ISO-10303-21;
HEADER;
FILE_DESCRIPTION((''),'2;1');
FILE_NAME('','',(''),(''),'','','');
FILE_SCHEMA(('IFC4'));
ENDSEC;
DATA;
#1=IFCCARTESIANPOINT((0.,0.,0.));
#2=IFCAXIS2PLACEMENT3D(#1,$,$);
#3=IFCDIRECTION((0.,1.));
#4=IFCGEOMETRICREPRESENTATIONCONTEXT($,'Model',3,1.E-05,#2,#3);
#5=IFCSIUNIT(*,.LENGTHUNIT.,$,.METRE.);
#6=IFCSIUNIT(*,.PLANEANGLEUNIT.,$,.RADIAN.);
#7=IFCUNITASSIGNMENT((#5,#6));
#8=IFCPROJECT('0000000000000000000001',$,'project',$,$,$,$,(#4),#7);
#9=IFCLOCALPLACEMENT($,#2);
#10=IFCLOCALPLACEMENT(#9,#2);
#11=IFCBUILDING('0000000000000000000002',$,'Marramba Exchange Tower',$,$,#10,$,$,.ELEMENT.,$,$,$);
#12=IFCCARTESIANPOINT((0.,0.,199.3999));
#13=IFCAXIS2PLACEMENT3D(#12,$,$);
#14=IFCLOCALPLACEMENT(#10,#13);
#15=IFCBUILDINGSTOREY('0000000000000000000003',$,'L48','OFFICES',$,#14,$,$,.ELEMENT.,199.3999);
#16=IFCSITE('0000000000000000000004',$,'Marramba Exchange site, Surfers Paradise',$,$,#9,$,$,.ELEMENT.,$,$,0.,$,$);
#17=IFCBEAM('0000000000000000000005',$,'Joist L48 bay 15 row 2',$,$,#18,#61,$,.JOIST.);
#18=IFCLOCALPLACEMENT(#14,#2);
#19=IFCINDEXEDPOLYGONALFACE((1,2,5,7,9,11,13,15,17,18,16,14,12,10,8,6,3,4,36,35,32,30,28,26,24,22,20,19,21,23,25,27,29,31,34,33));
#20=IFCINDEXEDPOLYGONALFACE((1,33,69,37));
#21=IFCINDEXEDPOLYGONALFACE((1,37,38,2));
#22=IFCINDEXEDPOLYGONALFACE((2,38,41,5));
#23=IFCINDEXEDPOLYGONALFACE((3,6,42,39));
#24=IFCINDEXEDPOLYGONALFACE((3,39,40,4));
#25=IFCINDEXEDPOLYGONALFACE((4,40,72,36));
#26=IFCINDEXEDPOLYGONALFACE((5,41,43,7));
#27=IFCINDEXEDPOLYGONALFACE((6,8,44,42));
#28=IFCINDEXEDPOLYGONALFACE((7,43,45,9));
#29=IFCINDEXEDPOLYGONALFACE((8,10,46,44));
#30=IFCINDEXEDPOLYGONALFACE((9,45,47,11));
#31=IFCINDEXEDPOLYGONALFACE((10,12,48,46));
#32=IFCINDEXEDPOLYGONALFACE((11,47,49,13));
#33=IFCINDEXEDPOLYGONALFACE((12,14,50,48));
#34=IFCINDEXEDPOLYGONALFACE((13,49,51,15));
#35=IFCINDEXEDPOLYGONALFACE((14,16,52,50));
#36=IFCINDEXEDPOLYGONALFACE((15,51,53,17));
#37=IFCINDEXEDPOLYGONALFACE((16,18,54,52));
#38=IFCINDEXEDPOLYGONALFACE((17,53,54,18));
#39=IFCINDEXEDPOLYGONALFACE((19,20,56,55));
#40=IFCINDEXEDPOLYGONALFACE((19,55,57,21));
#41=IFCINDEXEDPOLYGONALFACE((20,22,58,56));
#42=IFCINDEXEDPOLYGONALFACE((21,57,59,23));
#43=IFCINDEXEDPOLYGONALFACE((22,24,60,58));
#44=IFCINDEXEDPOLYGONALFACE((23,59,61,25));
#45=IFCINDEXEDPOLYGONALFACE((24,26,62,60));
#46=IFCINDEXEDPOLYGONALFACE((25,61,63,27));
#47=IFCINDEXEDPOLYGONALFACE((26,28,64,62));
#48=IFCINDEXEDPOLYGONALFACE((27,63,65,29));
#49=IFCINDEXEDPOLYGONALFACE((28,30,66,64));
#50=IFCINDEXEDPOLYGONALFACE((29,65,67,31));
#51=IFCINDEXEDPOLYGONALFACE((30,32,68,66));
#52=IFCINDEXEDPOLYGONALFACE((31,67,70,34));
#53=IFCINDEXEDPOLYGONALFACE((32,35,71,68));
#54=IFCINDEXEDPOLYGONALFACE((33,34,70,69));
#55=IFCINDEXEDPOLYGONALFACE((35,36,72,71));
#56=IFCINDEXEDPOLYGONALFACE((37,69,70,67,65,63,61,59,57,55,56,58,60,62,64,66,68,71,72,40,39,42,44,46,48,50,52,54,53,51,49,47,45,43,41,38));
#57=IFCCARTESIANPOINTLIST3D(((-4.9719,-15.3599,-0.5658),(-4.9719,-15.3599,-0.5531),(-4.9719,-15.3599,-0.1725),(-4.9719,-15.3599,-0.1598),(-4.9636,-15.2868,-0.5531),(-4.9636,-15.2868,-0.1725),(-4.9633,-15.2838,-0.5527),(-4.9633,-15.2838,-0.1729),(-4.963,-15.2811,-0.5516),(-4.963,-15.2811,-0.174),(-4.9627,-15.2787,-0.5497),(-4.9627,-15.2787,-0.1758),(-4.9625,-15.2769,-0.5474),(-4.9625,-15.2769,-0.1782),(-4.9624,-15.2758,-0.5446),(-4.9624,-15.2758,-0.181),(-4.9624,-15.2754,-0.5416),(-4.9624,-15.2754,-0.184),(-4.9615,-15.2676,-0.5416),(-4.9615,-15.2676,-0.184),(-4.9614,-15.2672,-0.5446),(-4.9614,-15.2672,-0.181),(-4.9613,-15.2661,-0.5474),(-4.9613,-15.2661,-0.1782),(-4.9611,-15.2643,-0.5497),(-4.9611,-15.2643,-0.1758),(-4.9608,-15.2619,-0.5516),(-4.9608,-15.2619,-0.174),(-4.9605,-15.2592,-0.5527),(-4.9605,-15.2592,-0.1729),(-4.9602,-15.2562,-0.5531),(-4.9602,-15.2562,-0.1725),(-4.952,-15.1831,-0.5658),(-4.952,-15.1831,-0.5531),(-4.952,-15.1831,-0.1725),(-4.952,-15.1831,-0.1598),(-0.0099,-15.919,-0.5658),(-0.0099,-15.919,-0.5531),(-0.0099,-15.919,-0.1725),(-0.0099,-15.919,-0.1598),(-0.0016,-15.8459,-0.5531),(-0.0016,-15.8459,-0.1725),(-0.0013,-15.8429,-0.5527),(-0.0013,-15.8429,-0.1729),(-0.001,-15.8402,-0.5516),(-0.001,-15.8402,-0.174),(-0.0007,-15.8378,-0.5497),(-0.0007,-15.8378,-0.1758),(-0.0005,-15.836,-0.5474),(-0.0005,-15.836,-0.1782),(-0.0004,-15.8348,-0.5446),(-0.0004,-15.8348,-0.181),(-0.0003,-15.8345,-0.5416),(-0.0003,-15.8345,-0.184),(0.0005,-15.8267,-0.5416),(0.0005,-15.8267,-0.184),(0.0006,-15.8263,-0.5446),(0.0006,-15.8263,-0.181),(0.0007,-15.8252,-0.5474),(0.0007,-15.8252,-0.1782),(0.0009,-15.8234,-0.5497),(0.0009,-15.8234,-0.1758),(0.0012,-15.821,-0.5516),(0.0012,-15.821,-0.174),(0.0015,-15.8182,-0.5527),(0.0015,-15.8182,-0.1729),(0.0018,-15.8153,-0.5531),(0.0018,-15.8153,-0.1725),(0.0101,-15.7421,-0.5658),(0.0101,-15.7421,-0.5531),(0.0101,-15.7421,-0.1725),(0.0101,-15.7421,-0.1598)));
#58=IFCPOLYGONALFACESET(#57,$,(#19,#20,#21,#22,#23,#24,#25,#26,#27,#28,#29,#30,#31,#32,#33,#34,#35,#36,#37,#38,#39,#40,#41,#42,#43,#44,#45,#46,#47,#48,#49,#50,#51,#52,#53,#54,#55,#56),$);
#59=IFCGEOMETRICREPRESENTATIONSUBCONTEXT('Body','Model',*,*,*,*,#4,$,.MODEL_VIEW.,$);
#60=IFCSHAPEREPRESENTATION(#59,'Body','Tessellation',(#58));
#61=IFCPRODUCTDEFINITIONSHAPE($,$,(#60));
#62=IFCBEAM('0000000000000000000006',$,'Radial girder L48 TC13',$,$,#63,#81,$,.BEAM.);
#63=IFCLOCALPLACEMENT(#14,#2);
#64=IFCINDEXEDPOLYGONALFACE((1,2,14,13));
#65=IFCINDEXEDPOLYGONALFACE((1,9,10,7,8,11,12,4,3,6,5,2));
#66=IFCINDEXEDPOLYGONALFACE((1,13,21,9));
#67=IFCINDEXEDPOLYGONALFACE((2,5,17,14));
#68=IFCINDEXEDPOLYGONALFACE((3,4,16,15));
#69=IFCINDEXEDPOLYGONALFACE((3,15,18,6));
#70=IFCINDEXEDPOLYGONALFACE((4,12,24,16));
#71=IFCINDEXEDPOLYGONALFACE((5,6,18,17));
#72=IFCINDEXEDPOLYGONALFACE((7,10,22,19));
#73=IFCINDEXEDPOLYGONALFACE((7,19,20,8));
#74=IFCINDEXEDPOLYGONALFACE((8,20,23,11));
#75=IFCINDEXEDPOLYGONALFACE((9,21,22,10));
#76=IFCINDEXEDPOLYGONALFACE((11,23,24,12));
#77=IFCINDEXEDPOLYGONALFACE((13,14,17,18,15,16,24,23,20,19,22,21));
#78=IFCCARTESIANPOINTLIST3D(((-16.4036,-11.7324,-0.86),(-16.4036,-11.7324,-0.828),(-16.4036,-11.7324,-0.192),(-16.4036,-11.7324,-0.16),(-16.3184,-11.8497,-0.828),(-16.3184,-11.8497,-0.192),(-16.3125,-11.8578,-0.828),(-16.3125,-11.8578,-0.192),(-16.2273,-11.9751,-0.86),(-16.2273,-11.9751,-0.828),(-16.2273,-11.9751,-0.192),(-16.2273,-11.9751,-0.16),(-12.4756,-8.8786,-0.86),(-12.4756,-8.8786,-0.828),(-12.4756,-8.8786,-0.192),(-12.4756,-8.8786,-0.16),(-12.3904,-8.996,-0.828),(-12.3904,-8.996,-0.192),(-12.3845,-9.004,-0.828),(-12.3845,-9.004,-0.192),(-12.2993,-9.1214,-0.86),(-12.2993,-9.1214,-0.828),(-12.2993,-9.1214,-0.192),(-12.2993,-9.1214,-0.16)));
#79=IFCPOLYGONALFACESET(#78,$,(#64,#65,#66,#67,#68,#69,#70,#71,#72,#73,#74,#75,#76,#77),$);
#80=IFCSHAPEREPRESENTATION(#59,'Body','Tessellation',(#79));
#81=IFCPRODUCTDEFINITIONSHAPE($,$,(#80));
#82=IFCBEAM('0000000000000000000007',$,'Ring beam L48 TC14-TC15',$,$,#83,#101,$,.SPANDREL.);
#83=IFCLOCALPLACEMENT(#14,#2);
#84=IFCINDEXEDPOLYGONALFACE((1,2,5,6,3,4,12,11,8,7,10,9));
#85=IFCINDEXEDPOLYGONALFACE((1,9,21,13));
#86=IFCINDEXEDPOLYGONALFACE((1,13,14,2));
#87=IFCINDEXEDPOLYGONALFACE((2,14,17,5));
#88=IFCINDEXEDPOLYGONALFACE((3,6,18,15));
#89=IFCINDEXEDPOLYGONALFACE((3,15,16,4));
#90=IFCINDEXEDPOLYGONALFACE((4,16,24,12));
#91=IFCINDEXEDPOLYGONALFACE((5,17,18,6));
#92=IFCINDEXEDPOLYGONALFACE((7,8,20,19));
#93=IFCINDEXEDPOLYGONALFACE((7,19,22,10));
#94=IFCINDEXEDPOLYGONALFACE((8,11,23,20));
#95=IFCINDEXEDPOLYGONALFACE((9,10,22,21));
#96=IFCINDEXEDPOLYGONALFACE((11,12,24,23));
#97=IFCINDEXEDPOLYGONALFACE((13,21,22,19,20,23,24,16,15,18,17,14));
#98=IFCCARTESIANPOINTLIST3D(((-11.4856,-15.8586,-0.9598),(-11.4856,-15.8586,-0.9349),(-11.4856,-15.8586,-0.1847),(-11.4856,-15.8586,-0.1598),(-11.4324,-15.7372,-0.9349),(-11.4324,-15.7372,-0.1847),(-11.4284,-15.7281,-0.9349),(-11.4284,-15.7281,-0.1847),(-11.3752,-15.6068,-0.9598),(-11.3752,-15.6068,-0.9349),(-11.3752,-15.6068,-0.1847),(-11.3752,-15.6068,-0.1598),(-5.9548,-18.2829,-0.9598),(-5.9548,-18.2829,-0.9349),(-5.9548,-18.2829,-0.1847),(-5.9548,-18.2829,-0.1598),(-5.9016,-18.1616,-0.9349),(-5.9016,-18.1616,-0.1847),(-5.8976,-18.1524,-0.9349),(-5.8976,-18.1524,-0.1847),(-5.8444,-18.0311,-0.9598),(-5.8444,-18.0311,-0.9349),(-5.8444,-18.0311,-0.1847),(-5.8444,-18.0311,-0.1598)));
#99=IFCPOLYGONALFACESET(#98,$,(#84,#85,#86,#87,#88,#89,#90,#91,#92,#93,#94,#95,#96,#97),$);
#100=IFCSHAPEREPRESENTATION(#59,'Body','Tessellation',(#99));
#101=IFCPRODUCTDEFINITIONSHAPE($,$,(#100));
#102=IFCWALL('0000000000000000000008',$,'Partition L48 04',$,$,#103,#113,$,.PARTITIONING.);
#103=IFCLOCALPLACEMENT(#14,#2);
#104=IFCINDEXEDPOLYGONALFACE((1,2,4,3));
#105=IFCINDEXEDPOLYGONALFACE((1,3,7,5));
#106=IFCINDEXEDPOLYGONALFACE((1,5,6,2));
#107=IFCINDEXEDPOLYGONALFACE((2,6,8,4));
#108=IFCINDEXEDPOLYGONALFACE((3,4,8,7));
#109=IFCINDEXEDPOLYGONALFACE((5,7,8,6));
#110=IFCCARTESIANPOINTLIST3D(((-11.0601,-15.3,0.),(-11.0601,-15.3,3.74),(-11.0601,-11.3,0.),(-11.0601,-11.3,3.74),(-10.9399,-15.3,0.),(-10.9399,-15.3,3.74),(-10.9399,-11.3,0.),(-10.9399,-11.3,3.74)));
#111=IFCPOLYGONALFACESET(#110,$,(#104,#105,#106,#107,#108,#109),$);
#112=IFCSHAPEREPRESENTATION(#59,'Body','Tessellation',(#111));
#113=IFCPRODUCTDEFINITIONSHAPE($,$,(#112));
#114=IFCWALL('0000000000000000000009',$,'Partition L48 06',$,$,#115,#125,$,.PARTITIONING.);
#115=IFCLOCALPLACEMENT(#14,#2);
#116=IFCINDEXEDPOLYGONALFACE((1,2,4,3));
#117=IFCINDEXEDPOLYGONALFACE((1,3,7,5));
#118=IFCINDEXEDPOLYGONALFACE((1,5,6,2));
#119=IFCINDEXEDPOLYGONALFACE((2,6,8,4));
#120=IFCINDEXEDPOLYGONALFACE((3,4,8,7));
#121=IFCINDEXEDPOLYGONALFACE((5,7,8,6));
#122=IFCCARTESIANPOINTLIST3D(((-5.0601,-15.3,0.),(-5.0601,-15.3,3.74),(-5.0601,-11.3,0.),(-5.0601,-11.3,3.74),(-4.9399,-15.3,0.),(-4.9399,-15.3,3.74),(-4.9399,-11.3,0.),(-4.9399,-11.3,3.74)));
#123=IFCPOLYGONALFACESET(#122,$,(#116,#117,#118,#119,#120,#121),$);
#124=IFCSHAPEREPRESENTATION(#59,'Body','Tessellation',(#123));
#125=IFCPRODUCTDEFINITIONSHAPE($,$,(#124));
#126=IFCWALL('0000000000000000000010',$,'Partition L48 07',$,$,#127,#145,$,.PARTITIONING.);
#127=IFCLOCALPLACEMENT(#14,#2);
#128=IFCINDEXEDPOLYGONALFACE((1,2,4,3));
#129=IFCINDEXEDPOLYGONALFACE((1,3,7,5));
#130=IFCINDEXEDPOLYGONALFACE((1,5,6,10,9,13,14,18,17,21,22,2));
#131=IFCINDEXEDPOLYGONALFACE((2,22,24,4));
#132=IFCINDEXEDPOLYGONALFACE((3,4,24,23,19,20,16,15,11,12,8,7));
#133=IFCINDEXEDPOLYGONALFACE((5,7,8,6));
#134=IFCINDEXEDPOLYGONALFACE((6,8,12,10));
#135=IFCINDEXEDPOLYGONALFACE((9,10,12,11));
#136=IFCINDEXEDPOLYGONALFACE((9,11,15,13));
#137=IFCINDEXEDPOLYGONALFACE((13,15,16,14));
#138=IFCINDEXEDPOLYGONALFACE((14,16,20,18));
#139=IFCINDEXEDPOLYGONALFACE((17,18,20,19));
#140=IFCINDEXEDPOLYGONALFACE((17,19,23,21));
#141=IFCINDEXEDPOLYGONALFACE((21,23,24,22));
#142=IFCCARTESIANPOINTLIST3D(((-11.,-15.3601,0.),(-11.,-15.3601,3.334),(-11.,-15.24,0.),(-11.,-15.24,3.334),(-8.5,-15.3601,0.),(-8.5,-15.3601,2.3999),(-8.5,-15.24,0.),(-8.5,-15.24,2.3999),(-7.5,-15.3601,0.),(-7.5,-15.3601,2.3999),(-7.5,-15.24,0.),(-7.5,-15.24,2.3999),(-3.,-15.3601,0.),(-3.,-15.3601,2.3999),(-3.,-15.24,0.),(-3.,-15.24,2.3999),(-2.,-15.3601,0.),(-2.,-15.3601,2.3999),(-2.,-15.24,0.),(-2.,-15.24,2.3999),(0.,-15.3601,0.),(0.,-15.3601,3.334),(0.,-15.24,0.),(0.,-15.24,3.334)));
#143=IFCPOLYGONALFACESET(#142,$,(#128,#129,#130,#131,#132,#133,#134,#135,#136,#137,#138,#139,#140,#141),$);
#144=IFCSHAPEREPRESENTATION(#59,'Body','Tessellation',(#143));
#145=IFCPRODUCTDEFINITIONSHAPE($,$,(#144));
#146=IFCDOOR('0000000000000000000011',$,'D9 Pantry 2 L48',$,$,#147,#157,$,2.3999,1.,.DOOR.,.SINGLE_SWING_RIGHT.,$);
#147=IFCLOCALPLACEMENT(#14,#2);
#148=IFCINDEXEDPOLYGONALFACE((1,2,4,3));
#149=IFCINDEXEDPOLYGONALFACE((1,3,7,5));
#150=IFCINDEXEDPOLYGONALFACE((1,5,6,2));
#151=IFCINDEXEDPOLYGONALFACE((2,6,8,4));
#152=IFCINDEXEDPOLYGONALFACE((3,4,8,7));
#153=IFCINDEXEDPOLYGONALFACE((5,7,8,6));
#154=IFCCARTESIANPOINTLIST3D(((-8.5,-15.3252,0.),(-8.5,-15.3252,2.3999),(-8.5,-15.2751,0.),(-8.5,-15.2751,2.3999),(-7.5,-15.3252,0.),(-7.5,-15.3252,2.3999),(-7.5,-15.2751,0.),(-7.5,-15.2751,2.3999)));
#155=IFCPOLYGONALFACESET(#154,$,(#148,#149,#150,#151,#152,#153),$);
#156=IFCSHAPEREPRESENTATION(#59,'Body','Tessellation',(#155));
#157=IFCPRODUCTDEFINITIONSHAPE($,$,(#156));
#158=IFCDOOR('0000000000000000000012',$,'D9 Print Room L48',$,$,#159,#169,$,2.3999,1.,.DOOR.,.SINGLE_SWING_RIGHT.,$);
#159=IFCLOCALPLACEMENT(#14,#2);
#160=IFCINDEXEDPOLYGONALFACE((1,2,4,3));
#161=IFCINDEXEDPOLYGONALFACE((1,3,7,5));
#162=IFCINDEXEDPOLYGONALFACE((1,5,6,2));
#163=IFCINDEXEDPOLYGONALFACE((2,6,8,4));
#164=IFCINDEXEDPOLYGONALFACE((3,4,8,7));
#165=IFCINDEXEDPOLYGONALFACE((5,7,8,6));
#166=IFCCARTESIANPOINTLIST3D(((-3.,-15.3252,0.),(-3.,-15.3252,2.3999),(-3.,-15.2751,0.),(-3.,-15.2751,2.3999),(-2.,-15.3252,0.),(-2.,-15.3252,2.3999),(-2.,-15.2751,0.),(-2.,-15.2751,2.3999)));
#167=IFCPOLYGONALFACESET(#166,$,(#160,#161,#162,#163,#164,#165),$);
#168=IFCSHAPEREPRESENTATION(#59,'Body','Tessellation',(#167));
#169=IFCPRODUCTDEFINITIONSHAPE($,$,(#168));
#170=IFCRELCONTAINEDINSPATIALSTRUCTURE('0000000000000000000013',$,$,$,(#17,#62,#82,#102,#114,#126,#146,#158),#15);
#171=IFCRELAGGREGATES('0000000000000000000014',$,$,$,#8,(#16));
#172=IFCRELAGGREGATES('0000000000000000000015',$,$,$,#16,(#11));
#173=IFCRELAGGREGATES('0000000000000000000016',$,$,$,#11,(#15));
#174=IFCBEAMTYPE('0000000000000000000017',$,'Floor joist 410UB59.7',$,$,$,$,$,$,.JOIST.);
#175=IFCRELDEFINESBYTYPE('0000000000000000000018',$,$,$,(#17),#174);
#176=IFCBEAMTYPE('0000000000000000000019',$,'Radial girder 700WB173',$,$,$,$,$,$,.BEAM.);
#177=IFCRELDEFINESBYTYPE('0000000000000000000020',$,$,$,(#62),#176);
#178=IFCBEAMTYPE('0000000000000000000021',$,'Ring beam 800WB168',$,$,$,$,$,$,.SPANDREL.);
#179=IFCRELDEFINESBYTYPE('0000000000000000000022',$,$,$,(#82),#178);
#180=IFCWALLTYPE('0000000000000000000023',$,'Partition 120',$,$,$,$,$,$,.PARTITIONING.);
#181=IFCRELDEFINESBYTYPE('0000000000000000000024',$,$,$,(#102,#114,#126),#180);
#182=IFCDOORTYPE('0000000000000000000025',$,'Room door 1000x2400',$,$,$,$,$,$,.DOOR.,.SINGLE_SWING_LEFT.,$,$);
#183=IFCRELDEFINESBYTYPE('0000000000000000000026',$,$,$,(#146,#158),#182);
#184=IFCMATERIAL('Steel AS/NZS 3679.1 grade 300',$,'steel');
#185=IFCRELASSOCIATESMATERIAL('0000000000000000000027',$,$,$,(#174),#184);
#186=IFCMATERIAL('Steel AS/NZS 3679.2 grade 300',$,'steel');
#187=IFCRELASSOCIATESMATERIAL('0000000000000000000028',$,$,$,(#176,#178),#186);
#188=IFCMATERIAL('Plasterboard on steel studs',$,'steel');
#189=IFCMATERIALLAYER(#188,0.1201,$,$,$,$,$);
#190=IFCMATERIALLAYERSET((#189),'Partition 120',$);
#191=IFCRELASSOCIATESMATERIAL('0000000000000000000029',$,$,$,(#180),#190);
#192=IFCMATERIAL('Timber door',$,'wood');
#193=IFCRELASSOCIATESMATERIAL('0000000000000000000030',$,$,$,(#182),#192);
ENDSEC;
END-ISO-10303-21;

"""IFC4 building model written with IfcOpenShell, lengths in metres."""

from ifc_helpers import new_model, si_unit, direction, frame, frame_2d, origin, origin_2d, place, context, subcontext, project, spatial, rectangle, i_section, extrude, material, layer, layer_set, material_profile, profile_set, type_object, element, fill, save


model = new_model("IFC4")

# Units and contexts
model_context = context("Model", 3, precision=1e-05, world=origin(), true_north=direction((0.0, 1.0)))
body_context = subcontext(model_context, "Body", "Model", "MODEL_VIEW")
ifc_project = project(units=[si_unit("LENGTHUNIT", "METRE"), si_unit("PLANEANGLEUNIT", "RADIAN")], contexts=[model_context])

# Site, building, storey
site_placement = place(None, origin())
site = spatial("IfcSite", under=ifc_project, at=site_placement, Name="Marramba Exchange site, Surfers Paradise", CompositionType="ELEMENT", RefElevation=0.0)
building_placement = place(site_placement, origin())
building = spatial("IfcBuilding", under=site, at=building_placement, Name="Marramba Exchange Tower", CompositionType="ELEMENT")
storey_placement = place(building_placement, frame((0.0, 0.0, 199.3999)))
storey = spatial("IfcBuildingStorey", under=building, at=storey_placement, Name="L48", Description="OFFICES", CompositionType="ELEMENT", Elevation=199.3999)

# Beams
ifc_material_1 = material(Name="Steel AS/NZS 3679.2 grade 300", Category="steel")
ifc_material_2 = material(Name="Steel AS/NZS 3679.1 grade 300", Category="steel")
ifc_material_profile_1 = material_profile(ifc_material_2, i_section(OverallWidth=0.178, OverallDepth=0.406, WebThickness=0.0078, FlangeThickness=0.0127, FilletRadius=0.0115, at=origin_2d()), Name="410UB59.7")
ifc_profile_set_1 = profile_set([ifc_material_profile_1], Name="Steel AS/NZS 3679.1 grade 300")
beam_type_1 = type_object("IfcBeamType", Name="Floor joist 410UB59.7", PredefinedType="JOIST", material=ifc_profile_set_1)
beam_1_placement = place(storey_placement, frame((-4.9619, -15.2715, -0.3628), z_axis=(0.993712, -0.111966, 0.0), x_axis=(0.111966, 0.993712, 0.0)))
element("IfcBeam", 1, at=beam_1_placement, inside=storey, type_object=beam_type_1, Name="Joist L48 bay 15 row 2", PredefinedType="JOIST", context=body_context, shape_type="SweptSolid", body=[
    extrude(i_section(OverallWidth=0.178, OverallDepth=0.406, WebThickness=0.0078, FlangeThickness=0.0127, FilletRadius=0.0115, at=origin_2d()), origin(), (0.0, 0.0, 1.0), 4.9934),
])
ifc_material_profile_2 = material_profile(ifc_material_1, i_section(OverallWidth=0.3, OverallDepth=0.7, WebThickness=0.01, FlangeThickness=0.032, at=origin_2d()), Name="700WB173")
ifc_profile_set_2 = profile_set([ifc_material_profile_2], Name="Steel AS/NZS 3679.2 grade 300")
beam_type_2 = type_object("IfcBeamType", Name="Radial girder 700WB173", PredefinedType="BEAM", material=ifc_profile_set_2)
beam_2_placement = place(storey_placement, frame((-12.3875, -9.0, -0.51), z_axis=(-0.809025, -0.587774, 0.0), x_axis=(0.587774, -0.809025, 0.0)))
element("IfcBeam", 2, at=beam_2_placement, inside=storey, type_object=beam_type_2, Name="Radial girder L48 TC13", PredefinedType="BEAM", context=body_context, shape_type="SweptSolid", body=[
    extrude(i_section(OverallWidth=0.3, OverallDepth=0.7, WebThickness=0.01, FlangeThickness=0.032, at=origin_2d()), origin(), (0.0, 0.0, 1.0), 4.8552),
])
ifc_material_profile_3 = material_profile(ifc_material_1, i_section(OverallWidth=0.2749, OverallDepth=0.8, WebThickness=0.01, FlangeThickness=0.0249, at=origin_2d()), Name="800WB168")
ifc_profile_set_3 = profile_set([ifc_material_profile_3], Name="Steel AS/NZS 3679.2 grade 300")
beam_type_3 = type_object("IfcBeamType", Name="Ring beam 800WB168", PredefinedType="SPANDREL", material=ifc_profile_set_3)
beam_3_placement = place(storey_placement, frame((-11.4304, -15.7327, -0.5598), z_axis=(0.915877, -0.401459, 0.0), x_axis=(0.401459, 0.915877, 0.0)))
element("IfcBeam", 3, at=beam_3_placement, inside=storey, type_object=beam_type_3, Name="Ring beam L48 TC14-TC15", PredefinedType="SPANDREL", context=body_context, shape_type="SweptSolid", body=[
    extrude(i_section(OverallWidth=0.2749, OverallDepth=0.8, WebThickness=0.01, FlangeThickness=0.0249, at=origin_2d()), origin(), (0.0, 0.0, 1.0), 6.0388),
])

# Walls
ifc_material_3 = material(Name="Plasterboard on steel studs", Category="steel")
ifc_layer_1 = layer(ifc_material_3, 0.1201)
ifc_layer_set_1 = layer_set([ifc_layer_1], Name="Partition 120")
wall_type = type_object("IfcWallType", Name="Partition 120", PredefinedType="PARTITIONING", material=ifc_layer_set_1)
for number, where, z_axis, x_axis, name in (
    (4, (-11.0, -11.3, 0.0), (0.0, 0.0, 1.0), (0.0, -1.0, 0.0), "Partition L48 04"),
    (5, (-5.0, -11.3, 0.0), (0.0, 0.0, 1.0), (0.0, -1.0, 0.0), "Partition L48 06"),
):
    element("IfcWall", number, at=place(storey_placement, frame(where, z_axis=z_axis, x_axis=x_axis)), inside=storey, type_object=wall_type, Name=name, PredefinedType="PARTITIONING", context=body_context, shape_type="SweptSolid", body=[
        extrude(rectangle(XDim=4.0, YDim=0.1201, at=frame_2d((2.0, 0.0))), origin(), (0.0, 0.0, 1.0), 3.74),
    ])

# Wall, openings, doors
wall_placement = place(storey_placement, frame((-11.0, -15.3, 0.0), z_axis=(0.0, 0.0, 1.0), x_axis=(1.0, 0.0, 0.0)))
wall = element("IfcWall", 6, at=wall_placement, inside=storey, type_object=wall_type, Name="Partition L48 07", PredefinedType="PARTITIONING", context=body_context, shape_type="SweptSolid", body=[
    extrude(rectangle(XDim=11.0, YDim=0.1201, at=frame_2d((5.5, 0.0))), origin(), (0.0, 0.0, 1.0), 3.334),
])
opening_1_placement = place(wall_placement, frame((2.5, 0.0, 0.0)))
opening_1 = element("IfcOpeningElement", 7, at=opening_1_placement, cuts=wall, PredefinedType="OPENING", context=body_context, shape_type="SweptSolid", body=[
    extrude(rectangle(XDim=1.0, YDim=2.3999, at=frame_2d((0.5, 1.2))), frame((0.0, 0.0701, 0.0), z_axis=(0.0, -1.0, 0.0), x_axis=(1.0, 0.0, 0.0)), (0.0, 0.0, 1.0), 0.1401),
])
opening_2_placement = place(wall_placement, frame((8.0, 0.0, 0.0)))
opening_2 = element("IfcOpeningElement", 8, at=opening_2_placement, cuts=wall, PredefinedType="OPENING", context=body_context, shape_type="SweptSolid", body=[
    extrude(rectangle(XDim=1.0, YDim=2.3999, at=frame_2d((0.5, 1.2))), frame((0.0, 0.0701, 0.0), z_axis=(0.0, -1.0, 0.0), x_axis=(1.0, 0.0, 0.0)), (0.0, 0.0, 1.0), 0.1401),
])
ifc_material_4 = material(Name="Timber door", Category="wood")
door_type = type_object("IfcDoorType", Name="Room door 1000x2400", OperationType="SINGLE_SWING_LEFT", PredefinedType="DOOR", material=ifc_material_4)
door_1_placement = place(opening_1_placement, origin())
door_1 = element("IfcDoor", 9, at=door_1_placement, inside=storey, type_object=door_type, Name="D9 Pantry 2 L48", OperationType="SINGLE_SWING_RIGHT", OverallHeight=2.3999, OverallWidth=1.0, PredefinedType="DOOR", context=body_context, shape_type="SweptSolid", body=[
    extrude(rectangle(XDim=1.0, YDim=2.3999, at=frame_2d((0.5, 1.2))), frame((0.0, 0.0249, 0.0), z_axis=(0.0, -1.0, 0.0), x_axis=(1.0, 0.0, 0.0)), (0.0, 0.0, 1.0), 0.05),
])
fill(opening_1, door_1)
door_2_placement = place(opening_2_placement, origin())
door_2 = element("IfcDoor", 10, at=door_2_placement, inside=storey, type_object=door_type, Name="D9 Print Room L48", OperationType="SINGLE_SWING_RIGHT", OverallHeight=2.3999, OverallWidth=1.0, PredefinedType="DOOR", context=body_context, shape_type="SweptSolid", body=[
    extrude(rectangle(XDim=1.0, YDim=2.3999, at=frame_2d((0.5, 1.2))), frame((0.0, 0.0249, 0.0), z_axis=(0.0, -1.0, 0.0), x_axis=(1.0, 0.0, 0.0)), (0.0, 0.0, 1.0), 0.05),
])
fill(opening_2, door_2)

save(model, "model.ifc")
